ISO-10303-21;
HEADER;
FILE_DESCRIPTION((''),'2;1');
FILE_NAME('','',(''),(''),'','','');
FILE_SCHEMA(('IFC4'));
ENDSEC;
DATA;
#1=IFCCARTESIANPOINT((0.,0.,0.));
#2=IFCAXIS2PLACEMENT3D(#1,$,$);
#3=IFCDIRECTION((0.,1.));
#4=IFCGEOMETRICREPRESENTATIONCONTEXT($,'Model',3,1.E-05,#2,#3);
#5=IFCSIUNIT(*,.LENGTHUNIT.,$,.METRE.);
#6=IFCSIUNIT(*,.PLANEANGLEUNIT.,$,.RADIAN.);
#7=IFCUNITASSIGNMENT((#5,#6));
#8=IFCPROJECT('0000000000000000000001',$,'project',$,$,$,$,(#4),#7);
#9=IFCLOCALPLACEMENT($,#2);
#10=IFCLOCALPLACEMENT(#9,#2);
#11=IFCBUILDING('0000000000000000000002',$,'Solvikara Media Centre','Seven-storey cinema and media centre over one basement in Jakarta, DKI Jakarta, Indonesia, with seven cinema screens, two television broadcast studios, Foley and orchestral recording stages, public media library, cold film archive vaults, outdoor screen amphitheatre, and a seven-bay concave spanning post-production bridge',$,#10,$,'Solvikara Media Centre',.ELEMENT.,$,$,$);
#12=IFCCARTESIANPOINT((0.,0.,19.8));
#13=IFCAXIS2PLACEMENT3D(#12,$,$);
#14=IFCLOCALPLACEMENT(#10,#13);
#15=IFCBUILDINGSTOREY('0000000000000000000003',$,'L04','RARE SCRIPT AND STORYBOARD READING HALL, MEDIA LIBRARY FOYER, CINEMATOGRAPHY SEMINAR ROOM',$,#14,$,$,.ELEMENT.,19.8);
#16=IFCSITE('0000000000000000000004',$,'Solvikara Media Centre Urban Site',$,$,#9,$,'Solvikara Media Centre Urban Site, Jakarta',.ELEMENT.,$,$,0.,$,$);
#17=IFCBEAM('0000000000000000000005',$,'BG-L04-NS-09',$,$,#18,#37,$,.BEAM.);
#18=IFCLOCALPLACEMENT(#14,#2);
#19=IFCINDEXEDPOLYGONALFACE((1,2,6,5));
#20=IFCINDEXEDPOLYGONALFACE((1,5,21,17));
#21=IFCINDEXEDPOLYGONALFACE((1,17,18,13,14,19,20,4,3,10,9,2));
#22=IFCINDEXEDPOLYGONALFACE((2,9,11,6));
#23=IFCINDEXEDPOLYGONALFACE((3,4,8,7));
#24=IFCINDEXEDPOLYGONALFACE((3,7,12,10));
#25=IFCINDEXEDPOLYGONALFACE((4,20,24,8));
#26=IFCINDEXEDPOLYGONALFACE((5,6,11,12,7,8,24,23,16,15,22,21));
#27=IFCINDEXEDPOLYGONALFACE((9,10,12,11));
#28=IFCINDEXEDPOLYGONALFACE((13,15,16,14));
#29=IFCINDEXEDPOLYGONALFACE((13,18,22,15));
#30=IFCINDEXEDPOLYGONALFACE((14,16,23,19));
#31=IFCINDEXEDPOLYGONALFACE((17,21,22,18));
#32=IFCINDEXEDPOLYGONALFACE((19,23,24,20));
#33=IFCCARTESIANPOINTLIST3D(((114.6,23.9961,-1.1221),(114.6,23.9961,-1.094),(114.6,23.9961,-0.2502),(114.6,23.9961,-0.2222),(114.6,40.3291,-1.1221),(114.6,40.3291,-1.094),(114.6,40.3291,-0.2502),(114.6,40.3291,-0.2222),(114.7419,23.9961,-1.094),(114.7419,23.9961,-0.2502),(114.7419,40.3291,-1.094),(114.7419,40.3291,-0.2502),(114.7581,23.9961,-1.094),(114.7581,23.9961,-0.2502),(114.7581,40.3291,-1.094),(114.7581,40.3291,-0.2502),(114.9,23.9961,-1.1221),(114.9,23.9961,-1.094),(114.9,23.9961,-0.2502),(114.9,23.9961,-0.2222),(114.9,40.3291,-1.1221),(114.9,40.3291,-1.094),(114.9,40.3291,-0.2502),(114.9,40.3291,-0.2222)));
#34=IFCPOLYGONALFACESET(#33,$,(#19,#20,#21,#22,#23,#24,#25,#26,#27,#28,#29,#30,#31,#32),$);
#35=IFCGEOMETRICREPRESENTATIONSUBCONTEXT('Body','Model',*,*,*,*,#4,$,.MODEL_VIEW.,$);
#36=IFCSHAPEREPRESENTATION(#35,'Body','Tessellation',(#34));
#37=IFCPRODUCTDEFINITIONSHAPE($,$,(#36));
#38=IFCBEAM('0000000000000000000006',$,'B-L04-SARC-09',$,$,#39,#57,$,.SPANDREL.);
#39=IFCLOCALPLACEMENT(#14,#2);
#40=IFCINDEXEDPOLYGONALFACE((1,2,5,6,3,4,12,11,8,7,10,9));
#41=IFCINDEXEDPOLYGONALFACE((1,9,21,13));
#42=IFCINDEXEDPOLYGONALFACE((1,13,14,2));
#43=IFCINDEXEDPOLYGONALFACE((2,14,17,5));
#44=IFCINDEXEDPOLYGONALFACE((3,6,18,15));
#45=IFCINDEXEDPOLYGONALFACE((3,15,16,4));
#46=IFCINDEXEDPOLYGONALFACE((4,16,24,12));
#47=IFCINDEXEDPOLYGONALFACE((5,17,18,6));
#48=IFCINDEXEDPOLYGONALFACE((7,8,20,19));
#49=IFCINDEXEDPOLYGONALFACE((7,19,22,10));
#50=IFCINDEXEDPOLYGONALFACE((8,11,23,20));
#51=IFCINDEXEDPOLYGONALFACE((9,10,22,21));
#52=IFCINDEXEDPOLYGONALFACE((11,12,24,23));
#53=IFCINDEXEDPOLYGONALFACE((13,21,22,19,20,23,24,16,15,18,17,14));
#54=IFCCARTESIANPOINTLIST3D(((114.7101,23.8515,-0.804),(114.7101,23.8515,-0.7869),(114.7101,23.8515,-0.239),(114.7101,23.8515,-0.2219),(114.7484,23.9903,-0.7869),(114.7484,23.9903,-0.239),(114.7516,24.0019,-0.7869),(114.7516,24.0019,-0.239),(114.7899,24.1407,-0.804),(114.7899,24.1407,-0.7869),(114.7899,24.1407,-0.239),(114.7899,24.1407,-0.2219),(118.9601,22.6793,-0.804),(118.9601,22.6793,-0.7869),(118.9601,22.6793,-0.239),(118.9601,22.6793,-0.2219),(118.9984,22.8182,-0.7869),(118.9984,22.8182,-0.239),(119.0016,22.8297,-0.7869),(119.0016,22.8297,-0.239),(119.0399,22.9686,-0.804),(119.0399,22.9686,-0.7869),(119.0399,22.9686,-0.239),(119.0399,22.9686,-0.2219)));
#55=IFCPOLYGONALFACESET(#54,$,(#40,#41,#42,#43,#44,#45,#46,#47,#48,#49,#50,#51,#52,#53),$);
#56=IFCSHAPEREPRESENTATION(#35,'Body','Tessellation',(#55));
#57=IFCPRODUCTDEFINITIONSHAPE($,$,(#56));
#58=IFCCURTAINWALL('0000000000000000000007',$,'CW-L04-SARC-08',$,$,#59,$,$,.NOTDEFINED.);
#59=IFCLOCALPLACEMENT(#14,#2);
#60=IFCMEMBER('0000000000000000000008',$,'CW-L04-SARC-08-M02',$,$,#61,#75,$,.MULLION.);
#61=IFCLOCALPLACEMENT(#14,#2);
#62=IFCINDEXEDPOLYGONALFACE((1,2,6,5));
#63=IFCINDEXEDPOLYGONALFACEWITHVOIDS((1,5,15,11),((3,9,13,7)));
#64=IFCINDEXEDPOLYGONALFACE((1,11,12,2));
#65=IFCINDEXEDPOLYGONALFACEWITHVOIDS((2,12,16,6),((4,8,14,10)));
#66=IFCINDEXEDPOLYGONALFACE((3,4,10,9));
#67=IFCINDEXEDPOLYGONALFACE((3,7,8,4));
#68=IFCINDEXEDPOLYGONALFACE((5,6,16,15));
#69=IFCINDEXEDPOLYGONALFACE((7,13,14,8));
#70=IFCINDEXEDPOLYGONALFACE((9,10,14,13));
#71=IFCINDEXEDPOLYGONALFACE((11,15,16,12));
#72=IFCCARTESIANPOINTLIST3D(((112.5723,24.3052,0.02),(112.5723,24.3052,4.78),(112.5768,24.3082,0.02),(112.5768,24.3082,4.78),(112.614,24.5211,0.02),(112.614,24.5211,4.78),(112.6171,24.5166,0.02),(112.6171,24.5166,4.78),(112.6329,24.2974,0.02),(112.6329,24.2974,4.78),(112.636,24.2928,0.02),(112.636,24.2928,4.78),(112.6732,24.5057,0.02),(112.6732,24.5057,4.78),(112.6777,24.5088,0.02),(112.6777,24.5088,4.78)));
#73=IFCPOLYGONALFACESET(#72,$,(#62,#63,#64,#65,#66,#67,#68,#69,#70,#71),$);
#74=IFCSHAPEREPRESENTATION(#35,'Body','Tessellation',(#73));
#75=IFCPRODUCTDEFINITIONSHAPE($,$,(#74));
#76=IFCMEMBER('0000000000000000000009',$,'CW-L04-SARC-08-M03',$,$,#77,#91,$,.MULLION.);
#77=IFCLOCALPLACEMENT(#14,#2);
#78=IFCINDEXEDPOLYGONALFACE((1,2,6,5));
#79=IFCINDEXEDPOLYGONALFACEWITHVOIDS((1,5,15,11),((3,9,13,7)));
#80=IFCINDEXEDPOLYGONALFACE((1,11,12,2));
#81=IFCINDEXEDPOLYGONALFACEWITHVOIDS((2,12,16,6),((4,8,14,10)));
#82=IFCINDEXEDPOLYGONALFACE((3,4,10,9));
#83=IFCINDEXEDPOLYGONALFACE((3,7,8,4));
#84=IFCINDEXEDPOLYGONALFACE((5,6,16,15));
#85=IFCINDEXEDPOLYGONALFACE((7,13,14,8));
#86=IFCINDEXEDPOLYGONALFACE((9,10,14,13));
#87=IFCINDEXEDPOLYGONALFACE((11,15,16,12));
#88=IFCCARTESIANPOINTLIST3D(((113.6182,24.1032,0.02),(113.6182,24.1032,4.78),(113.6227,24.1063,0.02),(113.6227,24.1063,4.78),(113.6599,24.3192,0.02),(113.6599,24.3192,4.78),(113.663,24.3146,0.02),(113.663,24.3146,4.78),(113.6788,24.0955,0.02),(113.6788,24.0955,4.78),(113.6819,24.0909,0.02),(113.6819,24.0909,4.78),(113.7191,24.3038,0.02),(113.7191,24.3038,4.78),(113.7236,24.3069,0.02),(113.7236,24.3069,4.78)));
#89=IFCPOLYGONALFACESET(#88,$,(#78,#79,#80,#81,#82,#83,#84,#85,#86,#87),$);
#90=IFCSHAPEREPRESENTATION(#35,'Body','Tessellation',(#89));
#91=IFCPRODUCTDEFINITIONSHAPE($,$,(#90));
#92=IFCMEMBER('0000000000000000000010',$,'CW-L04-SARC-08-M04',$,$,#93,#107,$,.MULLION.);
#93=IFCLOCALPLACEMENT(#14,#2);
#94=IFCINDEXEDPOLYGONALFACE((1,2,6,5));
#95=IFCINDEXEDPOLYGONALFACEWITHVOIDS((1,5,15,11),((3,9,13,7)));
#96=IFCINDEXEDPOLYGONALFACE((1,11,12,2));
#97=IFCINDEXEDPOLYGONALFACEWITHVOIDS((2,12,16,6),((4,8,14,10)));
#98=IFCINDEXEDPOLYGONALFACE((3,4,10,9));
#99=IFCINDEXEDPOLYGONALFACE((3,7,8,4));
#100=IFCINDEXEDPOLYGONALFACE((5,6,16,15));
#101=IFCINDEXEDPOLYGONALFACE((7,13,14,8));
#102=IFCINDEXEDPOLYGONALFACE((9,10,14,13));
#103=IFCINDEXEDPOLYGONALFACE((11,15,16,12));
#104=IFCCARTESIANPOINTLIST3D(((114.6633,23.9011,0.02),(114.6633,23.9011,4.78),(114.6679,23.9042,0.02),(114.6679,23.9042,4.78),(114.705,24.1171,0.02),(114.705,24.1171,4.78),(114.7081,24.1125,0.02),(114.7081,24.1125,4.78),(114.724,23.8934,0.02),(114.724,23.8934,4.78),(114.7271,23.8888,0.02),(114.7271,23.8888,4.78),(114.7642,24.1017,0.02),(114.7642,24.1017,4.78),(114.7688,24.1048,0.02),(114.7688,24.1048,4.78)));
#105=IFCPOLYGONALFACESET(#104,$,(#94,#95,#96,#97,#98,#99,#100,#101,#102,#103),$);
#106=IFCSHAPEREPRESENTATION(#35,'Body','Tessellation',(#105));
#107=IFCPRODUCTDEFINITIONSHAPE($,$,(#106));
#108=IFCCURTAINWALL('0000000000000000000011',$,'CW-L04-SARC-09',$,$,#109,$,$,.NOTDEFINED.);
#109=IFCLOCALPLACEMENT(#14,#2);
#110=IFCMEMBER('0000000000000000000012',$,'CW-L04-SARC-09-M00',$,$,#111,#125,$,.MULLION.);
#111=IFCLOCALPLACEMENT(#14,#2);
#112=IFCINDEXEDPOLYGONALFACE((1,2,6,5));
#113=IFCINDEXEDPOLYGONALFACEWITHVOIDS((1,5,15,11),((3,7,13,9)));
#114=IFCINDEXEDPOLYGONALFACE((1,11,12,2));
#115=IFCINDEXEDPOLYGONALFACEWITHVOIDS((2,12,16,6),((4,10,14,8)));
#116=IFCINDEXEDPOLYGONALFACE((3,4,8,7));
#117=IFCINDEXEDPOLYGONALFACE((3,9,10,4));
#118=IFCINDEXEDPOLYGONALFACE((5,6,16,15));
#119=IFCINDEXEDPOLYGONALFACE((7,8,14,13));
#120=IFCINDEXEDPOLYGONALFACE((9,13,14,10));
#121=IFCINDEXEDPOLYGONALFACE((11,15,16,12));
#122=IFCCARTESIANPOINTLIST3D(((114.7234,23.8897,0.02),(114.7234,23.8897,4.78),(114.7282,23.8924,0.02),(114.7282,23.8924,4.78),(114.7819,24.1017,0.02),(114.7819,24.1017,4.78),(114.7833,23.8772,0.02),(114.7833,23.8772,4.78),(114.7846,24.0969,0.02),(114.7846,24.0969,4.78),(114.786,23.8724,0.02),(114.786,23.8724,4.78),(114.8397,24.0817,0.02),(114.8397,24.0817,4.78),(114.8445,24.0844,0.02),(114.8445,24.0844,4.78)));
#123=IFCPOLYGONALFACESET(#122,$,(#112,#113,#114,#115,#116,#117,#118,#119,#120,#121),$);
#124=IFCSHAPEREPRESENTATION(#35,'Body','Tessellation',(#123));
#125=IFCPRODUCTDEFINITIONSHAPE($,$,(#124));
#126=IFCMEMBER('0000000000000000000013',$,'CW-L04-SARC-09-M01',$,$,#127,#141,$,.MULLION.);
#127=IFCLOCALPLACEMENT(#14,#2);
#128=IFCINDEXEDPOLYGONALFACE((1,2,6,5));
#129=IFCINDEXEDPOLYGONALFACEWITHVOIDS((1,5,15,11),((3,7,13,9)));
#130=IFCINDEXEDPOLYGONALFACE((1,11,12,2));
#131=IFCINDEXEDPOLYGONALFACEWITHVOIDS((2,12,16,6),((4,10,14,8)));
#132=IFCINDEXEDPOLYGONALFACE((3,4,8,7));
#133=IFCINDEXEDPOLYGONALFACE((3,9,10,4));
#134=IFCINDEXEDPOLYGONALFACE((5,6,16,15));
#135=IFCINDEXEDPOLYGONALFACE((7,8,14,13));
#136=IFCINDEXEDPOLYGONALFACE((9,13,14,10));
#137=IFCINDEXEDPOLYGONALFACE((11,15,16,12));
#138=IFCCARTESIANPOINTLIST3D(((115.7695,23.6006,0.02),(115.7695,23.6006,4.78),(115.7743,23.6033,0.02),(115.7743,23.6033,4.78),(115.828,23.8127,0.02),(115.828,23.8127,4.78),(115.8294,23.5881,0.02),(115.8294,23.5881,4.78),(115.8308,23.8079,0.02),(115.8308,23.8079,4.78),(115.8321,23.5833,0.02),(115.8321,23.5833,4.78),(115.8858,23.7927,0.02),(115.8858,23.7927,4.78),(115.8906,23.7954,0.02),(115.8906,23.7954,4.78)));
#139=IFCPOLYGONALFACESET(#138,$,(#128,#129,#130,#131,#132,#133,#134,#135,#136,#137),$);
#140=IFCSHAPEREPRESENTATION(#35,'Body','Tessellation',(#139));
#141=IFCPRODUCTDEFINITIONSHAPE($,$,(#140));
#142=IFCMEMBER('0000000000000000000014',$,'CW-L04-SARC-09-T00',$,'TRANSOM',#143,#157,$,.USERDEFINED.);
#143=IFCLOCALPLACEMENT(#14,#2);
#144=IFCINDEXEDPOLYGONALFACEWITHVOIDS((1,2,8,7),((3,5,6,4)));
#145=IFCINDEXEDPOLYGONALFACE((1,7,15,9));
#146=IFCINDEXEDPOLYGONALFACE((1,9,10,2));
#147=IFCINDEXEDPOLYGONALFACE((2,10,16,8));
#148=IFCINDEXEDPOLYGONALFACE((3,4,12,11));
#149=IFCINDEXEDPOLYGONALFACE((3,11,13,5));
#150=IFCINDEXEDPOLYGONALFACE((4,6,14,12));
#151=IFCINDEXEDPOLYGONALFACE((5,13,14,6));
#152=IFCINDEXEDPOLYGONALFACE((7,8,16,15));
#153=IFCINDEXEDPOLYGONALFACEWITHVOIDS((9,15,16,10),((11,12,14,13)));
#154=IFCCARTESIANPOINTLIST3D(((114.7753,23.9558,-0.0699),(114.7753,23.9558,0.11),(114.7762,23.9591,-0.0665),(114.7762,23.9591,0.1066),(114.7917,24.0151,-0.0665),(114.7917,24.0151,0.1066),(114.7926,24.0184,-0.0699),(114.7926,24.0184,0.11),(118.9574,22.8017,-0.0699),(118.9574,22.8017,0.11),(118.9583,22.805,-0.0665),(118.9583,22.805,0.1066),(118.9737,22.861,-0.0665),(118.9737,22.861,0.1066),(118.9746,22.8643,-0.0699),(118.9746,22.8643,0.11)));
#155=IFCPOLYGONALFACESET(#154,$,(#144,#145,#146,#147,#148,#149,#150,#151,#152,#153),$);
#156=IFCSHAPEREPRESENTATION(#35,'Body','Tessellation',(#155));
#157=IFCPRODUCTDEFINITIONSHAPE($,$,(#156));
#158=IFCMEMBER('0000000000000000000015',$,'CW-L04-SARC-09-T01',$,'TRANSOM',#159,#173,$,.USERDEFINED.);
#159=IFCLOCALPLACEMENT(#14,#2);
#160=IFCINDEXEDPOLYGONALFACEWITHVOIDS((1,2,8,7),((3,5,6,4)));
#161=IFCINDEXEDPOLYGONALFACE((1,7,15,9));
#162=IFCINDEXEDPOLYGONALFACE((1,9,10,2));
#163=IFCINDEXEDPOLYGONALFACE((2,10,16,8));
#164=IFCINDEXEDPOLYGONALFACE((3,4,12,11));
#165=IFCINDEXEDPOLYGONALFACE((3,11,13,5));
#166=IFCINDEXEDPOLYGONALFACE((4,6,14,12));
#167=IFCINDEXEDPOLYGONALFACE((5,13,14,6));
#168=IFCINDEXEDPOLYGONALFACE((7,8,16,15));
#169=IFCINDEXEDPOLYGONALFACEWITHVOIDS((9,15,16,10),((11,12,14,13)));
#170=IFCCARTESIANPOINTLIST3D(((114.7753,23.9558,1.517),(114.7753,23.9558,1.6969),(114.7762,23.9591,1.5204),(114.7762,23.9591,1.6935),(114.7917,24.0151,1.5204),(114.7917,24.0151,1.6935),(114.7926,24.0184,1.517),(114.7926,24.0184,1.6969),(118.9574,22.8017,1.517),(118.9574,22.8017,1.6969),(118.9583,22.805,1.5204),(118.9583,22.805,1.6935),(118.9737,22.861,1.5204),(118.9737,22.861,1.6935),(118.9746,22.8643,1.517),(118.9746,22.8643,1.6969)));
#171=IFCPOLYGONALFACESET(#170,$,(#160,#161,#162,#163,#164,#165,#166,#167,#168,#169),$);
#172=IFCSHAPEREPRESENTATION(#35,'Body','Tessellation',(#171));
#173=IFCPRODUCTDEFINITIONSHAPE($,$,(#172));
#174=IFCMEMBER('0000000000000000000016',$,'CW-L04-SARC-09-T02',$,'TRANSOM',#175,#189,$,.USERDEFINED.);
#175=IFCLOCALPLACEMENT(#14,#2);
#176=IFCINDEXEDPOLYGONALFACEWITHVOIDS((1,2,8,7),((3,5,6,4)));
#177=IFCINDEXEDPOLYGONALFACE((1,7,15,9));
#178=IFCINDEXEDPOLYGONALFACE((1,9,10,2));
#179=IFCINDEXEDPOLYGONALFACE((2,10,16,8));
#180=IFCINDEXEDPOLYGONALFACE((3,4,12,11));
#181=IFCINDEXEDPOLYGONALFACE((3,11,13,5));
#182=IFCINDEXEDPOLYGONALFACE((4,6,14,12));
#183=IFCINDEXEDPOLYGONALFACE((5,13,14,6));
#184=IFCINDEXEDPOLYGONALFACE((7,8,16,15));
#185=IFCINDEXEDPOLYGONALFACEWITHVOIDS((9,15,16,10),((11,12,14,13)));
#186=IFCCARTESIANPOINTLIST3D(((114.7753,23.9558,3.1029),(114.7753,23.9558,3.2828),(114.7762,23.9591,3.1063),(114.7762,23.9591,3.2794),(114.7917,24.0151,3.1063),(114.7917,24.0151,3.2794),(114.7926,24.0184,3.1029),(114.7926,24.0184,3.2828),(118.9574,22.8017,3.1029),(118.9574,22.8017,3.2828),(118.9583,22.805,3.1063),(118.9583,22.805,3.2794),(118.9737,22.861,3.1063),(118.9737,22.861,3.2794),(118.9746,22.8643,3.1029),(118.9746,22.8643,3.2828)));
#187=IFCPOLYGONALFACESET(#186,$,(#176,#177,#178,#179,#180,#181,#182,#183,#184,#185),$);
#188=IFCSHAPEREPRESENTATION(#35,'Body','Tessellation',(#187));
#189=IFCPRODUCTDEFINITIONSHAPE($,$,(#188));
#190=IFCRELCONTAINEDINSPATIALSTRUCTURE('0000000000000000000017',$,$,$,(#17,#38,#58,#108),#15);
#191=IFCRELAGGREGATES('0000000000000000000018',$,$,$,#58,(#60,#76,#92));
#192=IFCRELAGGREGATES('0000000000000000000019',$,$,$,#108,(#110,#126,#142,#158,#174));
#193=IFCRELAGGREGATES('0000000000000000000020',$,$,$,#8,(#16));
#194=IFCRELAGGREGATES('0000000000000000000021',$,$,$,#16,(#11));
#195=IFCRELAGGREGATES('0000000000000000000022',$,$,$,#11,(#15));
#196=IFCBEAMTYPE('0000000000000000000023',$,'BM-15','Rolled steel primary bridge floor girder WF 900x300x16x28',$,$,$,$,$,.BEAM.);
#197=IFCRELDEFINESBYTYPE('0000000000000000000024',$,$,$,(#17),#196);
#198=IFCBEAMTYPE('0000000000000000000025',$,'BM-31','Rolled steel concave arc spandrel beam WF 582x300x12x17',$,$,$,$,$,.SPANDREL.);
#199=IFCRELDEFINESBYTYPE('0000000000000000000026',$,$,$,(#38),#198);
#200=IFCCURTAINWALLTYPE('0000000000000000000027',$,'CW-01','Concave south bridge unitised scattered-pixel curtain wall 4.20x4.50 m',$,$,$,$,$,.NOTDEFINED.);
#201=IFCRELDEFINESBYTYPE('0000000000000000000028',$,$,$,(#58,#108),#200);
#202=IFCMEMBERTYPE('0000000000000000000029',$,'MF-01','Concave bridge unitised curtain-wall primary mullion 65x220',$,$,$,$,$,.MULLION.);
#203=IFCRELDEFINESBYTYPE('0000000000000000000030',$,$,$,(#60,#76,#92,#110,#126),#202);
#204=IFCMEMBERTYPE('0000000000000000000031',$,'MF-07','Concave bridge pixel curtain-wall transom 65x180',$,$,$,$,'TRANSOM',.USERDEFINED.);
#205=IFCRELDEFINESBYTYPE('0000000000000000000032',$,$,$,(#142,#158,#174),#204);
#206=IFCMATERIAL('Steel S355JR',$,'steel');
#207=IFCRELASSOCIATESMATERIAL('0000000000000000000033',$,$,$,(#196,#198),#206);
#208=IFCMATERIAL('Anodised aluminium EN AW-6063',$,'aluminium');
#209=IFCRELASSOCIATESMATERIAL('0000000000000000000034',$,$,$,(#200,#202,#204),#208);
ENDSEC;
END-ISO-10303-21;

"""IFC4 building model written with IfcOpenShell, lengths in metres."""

from ifc_helpers import new_model, si_unit, direction, frame, origin, origin_2d, place, context, subcontext, project, spatial, hollow_rectangle, i_section, extrude, material, material_profile, profile_set, type_object, element, aggregate, save


model = new_model("IFC4")

# Units and contexts
model_context = context("Model", 3, precision=1e-05, world=origin(), true_north=direction((0.0, 1.0)))
body_context = subcontext(model_context, "Body", "Model", "MODEL_VIEW")
ifc_project = project(units=[si_unit("LENGTHUNIT", "METRE"), si_unit("PLANEANGLEUNIT", "RADIAN")], contexts=[model_context])

# Site, building, storey
site_placement = place(None, origin())
site = spatial("IfcSite", under=ifc_project, at=site_placement, Name="Solvikara Media Centre Urban Site", LongName="Solvikara Media Centre Urban Site, Jakarta", CompositionType="ELEMENT", RefElevation=0.0)
building_placement = place(site_placement, origin())
building = spatial("IfcBuilding", under=site, at=building_placement, Name="Solvikara Media Centre", Description="Seven-storey cinema and media centre over one basement in Jakarta, DKI Jakarta, Indonesia, with seven cinema screens, two television broadcast studios, Foley and orchestral recording stages, public media library, cold film archive vaults, outdoor screen amphitheatre, and a seven-bay concave spanning post-production bridge", LongName="Solvikara Media Centre", CompositionType="ELEMENT")
storey_placement = place(building_placement, frame((0.0, 0.0, 19.8)))
storey = spatial("IfcBuildingStorey", under=building, at=storey_placement, Name="L04", Description="RARE SCRIPT AND STORYBOARD READING HALL, MEDIA LIBRARY FOYER, CINEMATOGRAPHY SEMINAR ROOM", CompositionType="ELEMENT", Elevation=19.8)

# Beams
ifc_material_1 = material(Name="Steel S355JR", Category="steel")
ifc_material_profile_1 = material_profile(ifc_material_1, i_section(OverallWidth=0.3, OverallDepth=0.8999, WebThickness=0.0161, FlangeThickness=0.0281, at=origin_2d()), Name="WF 900x300x16x28")
ifc_profile_set_1 = profile_set([ifc_material_profile_1], Name="Steel S355JR")
beam_type_1 = type_object("IfcBeamType", Name="BM-15", Description="Rolled steel primary bridge floor girder WF 900x300x16x28", PredefinedType="BEAM", material=ifc_profile_set_1)
beam_1_placement = place(storey_placement, frame((114.75, 23.9961, -0.6721), z_axis=(0.0, 1.0, 0.0), x_axis=(-1.0, 0.0, 0.0)))
element("IfcBeam", 1, at=beam_1_placement, inside=storey, type_object=beam_type_1, Name="BG-L04-NS-09", PredefinedType="BEAM", context=body_context, shape_type="SweptSolid", body=[
    extrude(i_section(OverallWidth=0.3, OverallDepth=0.8999, WebThickness=0.0161, FlangeThickness=0.0281, at=origin_2d()), origin(), (0.0, 0.0, 1.0), 16.333),
])
ifc_material_profile_2 = material_profile(ifc_material_1, i_section(OverallWidth=0.3, OverallDepth=0.582, WebThickness=0.012, FlangeThickness=0.0171, at=origin_2d()), Name="WF 582x300x12x17")
ifc_profile_set_2 = profile_set([ifc_material_profile_2], Name="Steel S355JR")
beam_type_2 = type_object("IfcBeamType", Name="BM-31", Description="Rolled steel concave arc spandrel beam WF 582x300x12x17", PredefinedType="SPANDREL", material=ifc_profile_set_2)
beam_2_placement = place(storey_placement, frame((114.75, 23.9961, -0.5129), z_axis=(0.96401, -0.265867, 0.0), x_axis=(0.265867, 0.96401, 0.0)))
element("IfcBeam", 2, at=beam_2_placement, inside=storey, type_object=beam_type_2, Name="B-L04-SARC-09", PredefinedType="SPANDREL", context=body_context, shape_type="SweptSolid", body=[
    extrude(i_section(OverallWidth=0.3, OverallDepth=0.582, WebThickness=0.012, FlangeThickness=0.0171, at=origin_2d()), origin(), (0.0, 0.0, 1.0), 4.4087),
])

# Curtain walls, members
ifc_material_2 = material(Name="Anodised aluminium EN AW-6063", Category="aluminium")
curtain_wall_type = type_object("IfcCurtainWallType", Name="CW-01", Description="Concave south bridge unitised scattered-pixel curtain wall 4.20x4.50 m", PredefinedType="NOTDEFINED", material=ifc_material_2)
curtain_wall_1_placement = place(storey_placement, origin())
curtain_wall_1 = element("IfcCurtainWall", 3, at=curtain_wall_1_placement, inside=storey, type_object=curtain_wall_type, Name="CW-L04-SARC-08", PredefinedType="NOTDEFINED")
ifc_material_profile_3 = material_profile(ifc_material_2, hollow_rectangle(XDim=0.0649, YDim=0.22, WallThickness=0.0039, at=origin_2d()), Name="ALU-M 65x220x4")
ifc_profile_set_3 = profile_set([ifc_material_profile_3], Name="Anodised aluminium EN AW-6063")
member_type_1 = type_object("IfcMemberType", Name="MF-01", Description="Concave bridge unitised curtain-wall primary mullion 65x220", PredefinedType="MULLION", material=ifc_profile_set_3)
member_1_placement = place(storey_placement, frame((112.625, 24.407, 0.02), z_axis=(0.0, 0.0, 1.0), x_axis=(0.981843, -0.189695, 0.0)))
member_1 = element("IfcMember", 4, at=member_1_placement, type_object=member_type_1, Name="CW-L04-SARC-08-M02", PredefinedType="MULLION", context=body_context, shape_type="SweptSolid", body=[
    extrude(hollow_rectangle(XDim=0.0649, YDim=0.22, WallThickness=0.0039, at=origin_2d()), origin(), (0.0, 0.0, 1.0), 4.76),
])
member_2_placement = place(storey_placement, frame((113.6709, 24.2051, 0.02), z_axis=(0.0, 0.0, 1.0), x_axis=(0.981843, -0.189695, 0.0)))
member_2 = element("IfcMember", 5, at=member_2_placement, type_object=member_type_1, Name="CW-L04-SARC-08-M03", PredefinedType="MULLION", context=body_context, shape_type="SweptSolid", body=[
    extrude(hollow_rectangle(XDim=0.0649, YDim=0.22, WallThickness=0.0039, at=origin_2d()), origin(), (0.0, 0.0, 1.0), 4.76),
])
member_3_placement = place(storey_placement, frame((114.7161, 24.0029, 0.02), z_axis=(0.0, 0.0, 1.0), x_axis=(0.981843, -0.189695, 0.0)))
member_3 = element("IfcMember", 6, at=member_3_placement, type_object=member_type_1, Name="CW-L04-SARC-08-M04", PredefinedType="MULLION", context=body_context, shape_type="SweptSolid", body=[
    extrude(hollow_rectangle(XDim=0.0649, YDim=0.22, WallThickness=0.0039, at=origin_2d()), origin(), (0.0, 0.0, 1.0), 4.76),
])
curtain_wall_2_placement = place(storey_placement, origin())
curtain_wall_2 = element("IfcCurtainWall", 7, at=curtain_wall_2_placement, inside=storey, type_object=curtain_wall_type, Name="CW-L04-SARC-09", PredefinedType="NOTDEFINED")
member_4_placement = place(storey_placement, frame((114.7839, 23.9871, 0.02), z_axis=(0.0, 0.0, 1.0), x_axis=(0.96397, -0.26601, 0.0)))
member_4 = element("IfcMember", 8, at=member_4_placement, type_object=member_type_1, Name="CW-L04-SARC-09-M00", PredefinedType="MULLION", context=body_context, shape_type="SweptSolid", body=[
    extrude(hollow_rectangle(XDim=0.0649, YDim=0.22, WallThickness=0.0039, at=origin_2d()), origin(), (0.0, 0.0, 1.0), 4.76),
])
member_5_placement = place(storey_placement, frame((115.8301, 23.698, 0.02), z_axis=(0.0, 0.0, 1.0), x_axis=(0.96397, -0.26601, 0.0)))
member_5 = element("IfcMember", 9, at=member_5_placement, type_object=member_type_1, Name="CW-L04-SARC-09-M01", PredefinedType="MULLION", context=body_context, shape_type="SweptSolid", body=[
    extrude(hollow_rectangle(XDim=0.0649, YDim=0.22, WallThickness=0.0039, at=origin_2d()), origin(), (0.0, 0.0, 1.0), 4.76),
])
ifc_material_profile_4 = material_profile(ifc_material_2, hollow_rectangle(XDim=0.0649, YDim=0.1799, WallThickness=0.0034, at=origin_2d()), Name="ALU-T 65x180x3.5")
ifc_profile_set_4 = profile_set([ifc_material_profile_4], Name="Anodised aluminium EN AW-6063")
member_type_2 = type_object("IfcMemberType", Name="MF-07", Description="Concave bridge pixel curtain-wall transom 65x180", ElementType="TRANSOM", PredefinedType="USERDEFINED", material=ifc_profile_set_4)
member_6_placement = place(storey_placement, frame((114.7839, 23.9871, 0.02), z_axis=(0.963971, -0.266007, 0.0), x_axis=(0.266007, 0.963971, 0.0)))
member_6 = element("IfcMember", 10, at=member_6_placement, type_object=member_type_2, Name="CW-L04-SARC-09-T00", ObjectType="TRANSOM", PredefinedType="USERDEFINED", context=body_context, shape_type="SweptSolid", body=[
    extrude(hollow_rectangle(XDim=0.0649, YDim=0.1799, WallThickness=0.0034, at=origin_2d()), origin(), (0.0, 0.0, 1.0), 4.3384),
])
member_7_placement = place(storey_placement, frame((114.7839, 23.9871, 1.6069), z_axis=(0.963971, -0.266007, 0.0), x_axis=(0.266007, 0.963971, 0.0)))
member_7 = element("IfcMember", 11, at=member_7_placement, type_object=member_type_2, Name="CW-L04-SARC-09-T01", ObjectType="TRANSOM", PredefinedType="USERDEFINED", context=body_context, shape_type="SweptSolid", body=[
    extrude(hollow_rectangle(XDim=0.0649, YDim=0.1799, WallThickness=0.0034, at=origin_2d()), origin(), (0.0, 0.0, 1.0), 4.3384),
])
member_8_placement = place(storey_placement, frame((114.7839, 23.9871, 3.1929), z_axis=(0.963971, -0.266007, 0.0), x_axis=(0.266007, 0.963971, 0.0)))
member_8 = element("IfcMember", 12, at=member_8_placement, type_object=member_type_2, Name="CW-L04-SARC-09-T02", ObjectType="TRANSOM", PredefinedType="USERDEFINED", context=body_context, shape_type="SweptSolid", body=[
    extrude(hollow_rectangle(XDim=0.0649, YDim=0.1799, WallThickness=0.0034, at=origin_2d()), origin(), (0.0, 0.0, 1.0), 4.3384),
])

aggregate(curtain_wall_1, [member_1, member_2, member_3])
aggregate(curtain_wall_2, [member_4, member_5, member_6, member_7, member_8])

save(model, "model.ifc")
